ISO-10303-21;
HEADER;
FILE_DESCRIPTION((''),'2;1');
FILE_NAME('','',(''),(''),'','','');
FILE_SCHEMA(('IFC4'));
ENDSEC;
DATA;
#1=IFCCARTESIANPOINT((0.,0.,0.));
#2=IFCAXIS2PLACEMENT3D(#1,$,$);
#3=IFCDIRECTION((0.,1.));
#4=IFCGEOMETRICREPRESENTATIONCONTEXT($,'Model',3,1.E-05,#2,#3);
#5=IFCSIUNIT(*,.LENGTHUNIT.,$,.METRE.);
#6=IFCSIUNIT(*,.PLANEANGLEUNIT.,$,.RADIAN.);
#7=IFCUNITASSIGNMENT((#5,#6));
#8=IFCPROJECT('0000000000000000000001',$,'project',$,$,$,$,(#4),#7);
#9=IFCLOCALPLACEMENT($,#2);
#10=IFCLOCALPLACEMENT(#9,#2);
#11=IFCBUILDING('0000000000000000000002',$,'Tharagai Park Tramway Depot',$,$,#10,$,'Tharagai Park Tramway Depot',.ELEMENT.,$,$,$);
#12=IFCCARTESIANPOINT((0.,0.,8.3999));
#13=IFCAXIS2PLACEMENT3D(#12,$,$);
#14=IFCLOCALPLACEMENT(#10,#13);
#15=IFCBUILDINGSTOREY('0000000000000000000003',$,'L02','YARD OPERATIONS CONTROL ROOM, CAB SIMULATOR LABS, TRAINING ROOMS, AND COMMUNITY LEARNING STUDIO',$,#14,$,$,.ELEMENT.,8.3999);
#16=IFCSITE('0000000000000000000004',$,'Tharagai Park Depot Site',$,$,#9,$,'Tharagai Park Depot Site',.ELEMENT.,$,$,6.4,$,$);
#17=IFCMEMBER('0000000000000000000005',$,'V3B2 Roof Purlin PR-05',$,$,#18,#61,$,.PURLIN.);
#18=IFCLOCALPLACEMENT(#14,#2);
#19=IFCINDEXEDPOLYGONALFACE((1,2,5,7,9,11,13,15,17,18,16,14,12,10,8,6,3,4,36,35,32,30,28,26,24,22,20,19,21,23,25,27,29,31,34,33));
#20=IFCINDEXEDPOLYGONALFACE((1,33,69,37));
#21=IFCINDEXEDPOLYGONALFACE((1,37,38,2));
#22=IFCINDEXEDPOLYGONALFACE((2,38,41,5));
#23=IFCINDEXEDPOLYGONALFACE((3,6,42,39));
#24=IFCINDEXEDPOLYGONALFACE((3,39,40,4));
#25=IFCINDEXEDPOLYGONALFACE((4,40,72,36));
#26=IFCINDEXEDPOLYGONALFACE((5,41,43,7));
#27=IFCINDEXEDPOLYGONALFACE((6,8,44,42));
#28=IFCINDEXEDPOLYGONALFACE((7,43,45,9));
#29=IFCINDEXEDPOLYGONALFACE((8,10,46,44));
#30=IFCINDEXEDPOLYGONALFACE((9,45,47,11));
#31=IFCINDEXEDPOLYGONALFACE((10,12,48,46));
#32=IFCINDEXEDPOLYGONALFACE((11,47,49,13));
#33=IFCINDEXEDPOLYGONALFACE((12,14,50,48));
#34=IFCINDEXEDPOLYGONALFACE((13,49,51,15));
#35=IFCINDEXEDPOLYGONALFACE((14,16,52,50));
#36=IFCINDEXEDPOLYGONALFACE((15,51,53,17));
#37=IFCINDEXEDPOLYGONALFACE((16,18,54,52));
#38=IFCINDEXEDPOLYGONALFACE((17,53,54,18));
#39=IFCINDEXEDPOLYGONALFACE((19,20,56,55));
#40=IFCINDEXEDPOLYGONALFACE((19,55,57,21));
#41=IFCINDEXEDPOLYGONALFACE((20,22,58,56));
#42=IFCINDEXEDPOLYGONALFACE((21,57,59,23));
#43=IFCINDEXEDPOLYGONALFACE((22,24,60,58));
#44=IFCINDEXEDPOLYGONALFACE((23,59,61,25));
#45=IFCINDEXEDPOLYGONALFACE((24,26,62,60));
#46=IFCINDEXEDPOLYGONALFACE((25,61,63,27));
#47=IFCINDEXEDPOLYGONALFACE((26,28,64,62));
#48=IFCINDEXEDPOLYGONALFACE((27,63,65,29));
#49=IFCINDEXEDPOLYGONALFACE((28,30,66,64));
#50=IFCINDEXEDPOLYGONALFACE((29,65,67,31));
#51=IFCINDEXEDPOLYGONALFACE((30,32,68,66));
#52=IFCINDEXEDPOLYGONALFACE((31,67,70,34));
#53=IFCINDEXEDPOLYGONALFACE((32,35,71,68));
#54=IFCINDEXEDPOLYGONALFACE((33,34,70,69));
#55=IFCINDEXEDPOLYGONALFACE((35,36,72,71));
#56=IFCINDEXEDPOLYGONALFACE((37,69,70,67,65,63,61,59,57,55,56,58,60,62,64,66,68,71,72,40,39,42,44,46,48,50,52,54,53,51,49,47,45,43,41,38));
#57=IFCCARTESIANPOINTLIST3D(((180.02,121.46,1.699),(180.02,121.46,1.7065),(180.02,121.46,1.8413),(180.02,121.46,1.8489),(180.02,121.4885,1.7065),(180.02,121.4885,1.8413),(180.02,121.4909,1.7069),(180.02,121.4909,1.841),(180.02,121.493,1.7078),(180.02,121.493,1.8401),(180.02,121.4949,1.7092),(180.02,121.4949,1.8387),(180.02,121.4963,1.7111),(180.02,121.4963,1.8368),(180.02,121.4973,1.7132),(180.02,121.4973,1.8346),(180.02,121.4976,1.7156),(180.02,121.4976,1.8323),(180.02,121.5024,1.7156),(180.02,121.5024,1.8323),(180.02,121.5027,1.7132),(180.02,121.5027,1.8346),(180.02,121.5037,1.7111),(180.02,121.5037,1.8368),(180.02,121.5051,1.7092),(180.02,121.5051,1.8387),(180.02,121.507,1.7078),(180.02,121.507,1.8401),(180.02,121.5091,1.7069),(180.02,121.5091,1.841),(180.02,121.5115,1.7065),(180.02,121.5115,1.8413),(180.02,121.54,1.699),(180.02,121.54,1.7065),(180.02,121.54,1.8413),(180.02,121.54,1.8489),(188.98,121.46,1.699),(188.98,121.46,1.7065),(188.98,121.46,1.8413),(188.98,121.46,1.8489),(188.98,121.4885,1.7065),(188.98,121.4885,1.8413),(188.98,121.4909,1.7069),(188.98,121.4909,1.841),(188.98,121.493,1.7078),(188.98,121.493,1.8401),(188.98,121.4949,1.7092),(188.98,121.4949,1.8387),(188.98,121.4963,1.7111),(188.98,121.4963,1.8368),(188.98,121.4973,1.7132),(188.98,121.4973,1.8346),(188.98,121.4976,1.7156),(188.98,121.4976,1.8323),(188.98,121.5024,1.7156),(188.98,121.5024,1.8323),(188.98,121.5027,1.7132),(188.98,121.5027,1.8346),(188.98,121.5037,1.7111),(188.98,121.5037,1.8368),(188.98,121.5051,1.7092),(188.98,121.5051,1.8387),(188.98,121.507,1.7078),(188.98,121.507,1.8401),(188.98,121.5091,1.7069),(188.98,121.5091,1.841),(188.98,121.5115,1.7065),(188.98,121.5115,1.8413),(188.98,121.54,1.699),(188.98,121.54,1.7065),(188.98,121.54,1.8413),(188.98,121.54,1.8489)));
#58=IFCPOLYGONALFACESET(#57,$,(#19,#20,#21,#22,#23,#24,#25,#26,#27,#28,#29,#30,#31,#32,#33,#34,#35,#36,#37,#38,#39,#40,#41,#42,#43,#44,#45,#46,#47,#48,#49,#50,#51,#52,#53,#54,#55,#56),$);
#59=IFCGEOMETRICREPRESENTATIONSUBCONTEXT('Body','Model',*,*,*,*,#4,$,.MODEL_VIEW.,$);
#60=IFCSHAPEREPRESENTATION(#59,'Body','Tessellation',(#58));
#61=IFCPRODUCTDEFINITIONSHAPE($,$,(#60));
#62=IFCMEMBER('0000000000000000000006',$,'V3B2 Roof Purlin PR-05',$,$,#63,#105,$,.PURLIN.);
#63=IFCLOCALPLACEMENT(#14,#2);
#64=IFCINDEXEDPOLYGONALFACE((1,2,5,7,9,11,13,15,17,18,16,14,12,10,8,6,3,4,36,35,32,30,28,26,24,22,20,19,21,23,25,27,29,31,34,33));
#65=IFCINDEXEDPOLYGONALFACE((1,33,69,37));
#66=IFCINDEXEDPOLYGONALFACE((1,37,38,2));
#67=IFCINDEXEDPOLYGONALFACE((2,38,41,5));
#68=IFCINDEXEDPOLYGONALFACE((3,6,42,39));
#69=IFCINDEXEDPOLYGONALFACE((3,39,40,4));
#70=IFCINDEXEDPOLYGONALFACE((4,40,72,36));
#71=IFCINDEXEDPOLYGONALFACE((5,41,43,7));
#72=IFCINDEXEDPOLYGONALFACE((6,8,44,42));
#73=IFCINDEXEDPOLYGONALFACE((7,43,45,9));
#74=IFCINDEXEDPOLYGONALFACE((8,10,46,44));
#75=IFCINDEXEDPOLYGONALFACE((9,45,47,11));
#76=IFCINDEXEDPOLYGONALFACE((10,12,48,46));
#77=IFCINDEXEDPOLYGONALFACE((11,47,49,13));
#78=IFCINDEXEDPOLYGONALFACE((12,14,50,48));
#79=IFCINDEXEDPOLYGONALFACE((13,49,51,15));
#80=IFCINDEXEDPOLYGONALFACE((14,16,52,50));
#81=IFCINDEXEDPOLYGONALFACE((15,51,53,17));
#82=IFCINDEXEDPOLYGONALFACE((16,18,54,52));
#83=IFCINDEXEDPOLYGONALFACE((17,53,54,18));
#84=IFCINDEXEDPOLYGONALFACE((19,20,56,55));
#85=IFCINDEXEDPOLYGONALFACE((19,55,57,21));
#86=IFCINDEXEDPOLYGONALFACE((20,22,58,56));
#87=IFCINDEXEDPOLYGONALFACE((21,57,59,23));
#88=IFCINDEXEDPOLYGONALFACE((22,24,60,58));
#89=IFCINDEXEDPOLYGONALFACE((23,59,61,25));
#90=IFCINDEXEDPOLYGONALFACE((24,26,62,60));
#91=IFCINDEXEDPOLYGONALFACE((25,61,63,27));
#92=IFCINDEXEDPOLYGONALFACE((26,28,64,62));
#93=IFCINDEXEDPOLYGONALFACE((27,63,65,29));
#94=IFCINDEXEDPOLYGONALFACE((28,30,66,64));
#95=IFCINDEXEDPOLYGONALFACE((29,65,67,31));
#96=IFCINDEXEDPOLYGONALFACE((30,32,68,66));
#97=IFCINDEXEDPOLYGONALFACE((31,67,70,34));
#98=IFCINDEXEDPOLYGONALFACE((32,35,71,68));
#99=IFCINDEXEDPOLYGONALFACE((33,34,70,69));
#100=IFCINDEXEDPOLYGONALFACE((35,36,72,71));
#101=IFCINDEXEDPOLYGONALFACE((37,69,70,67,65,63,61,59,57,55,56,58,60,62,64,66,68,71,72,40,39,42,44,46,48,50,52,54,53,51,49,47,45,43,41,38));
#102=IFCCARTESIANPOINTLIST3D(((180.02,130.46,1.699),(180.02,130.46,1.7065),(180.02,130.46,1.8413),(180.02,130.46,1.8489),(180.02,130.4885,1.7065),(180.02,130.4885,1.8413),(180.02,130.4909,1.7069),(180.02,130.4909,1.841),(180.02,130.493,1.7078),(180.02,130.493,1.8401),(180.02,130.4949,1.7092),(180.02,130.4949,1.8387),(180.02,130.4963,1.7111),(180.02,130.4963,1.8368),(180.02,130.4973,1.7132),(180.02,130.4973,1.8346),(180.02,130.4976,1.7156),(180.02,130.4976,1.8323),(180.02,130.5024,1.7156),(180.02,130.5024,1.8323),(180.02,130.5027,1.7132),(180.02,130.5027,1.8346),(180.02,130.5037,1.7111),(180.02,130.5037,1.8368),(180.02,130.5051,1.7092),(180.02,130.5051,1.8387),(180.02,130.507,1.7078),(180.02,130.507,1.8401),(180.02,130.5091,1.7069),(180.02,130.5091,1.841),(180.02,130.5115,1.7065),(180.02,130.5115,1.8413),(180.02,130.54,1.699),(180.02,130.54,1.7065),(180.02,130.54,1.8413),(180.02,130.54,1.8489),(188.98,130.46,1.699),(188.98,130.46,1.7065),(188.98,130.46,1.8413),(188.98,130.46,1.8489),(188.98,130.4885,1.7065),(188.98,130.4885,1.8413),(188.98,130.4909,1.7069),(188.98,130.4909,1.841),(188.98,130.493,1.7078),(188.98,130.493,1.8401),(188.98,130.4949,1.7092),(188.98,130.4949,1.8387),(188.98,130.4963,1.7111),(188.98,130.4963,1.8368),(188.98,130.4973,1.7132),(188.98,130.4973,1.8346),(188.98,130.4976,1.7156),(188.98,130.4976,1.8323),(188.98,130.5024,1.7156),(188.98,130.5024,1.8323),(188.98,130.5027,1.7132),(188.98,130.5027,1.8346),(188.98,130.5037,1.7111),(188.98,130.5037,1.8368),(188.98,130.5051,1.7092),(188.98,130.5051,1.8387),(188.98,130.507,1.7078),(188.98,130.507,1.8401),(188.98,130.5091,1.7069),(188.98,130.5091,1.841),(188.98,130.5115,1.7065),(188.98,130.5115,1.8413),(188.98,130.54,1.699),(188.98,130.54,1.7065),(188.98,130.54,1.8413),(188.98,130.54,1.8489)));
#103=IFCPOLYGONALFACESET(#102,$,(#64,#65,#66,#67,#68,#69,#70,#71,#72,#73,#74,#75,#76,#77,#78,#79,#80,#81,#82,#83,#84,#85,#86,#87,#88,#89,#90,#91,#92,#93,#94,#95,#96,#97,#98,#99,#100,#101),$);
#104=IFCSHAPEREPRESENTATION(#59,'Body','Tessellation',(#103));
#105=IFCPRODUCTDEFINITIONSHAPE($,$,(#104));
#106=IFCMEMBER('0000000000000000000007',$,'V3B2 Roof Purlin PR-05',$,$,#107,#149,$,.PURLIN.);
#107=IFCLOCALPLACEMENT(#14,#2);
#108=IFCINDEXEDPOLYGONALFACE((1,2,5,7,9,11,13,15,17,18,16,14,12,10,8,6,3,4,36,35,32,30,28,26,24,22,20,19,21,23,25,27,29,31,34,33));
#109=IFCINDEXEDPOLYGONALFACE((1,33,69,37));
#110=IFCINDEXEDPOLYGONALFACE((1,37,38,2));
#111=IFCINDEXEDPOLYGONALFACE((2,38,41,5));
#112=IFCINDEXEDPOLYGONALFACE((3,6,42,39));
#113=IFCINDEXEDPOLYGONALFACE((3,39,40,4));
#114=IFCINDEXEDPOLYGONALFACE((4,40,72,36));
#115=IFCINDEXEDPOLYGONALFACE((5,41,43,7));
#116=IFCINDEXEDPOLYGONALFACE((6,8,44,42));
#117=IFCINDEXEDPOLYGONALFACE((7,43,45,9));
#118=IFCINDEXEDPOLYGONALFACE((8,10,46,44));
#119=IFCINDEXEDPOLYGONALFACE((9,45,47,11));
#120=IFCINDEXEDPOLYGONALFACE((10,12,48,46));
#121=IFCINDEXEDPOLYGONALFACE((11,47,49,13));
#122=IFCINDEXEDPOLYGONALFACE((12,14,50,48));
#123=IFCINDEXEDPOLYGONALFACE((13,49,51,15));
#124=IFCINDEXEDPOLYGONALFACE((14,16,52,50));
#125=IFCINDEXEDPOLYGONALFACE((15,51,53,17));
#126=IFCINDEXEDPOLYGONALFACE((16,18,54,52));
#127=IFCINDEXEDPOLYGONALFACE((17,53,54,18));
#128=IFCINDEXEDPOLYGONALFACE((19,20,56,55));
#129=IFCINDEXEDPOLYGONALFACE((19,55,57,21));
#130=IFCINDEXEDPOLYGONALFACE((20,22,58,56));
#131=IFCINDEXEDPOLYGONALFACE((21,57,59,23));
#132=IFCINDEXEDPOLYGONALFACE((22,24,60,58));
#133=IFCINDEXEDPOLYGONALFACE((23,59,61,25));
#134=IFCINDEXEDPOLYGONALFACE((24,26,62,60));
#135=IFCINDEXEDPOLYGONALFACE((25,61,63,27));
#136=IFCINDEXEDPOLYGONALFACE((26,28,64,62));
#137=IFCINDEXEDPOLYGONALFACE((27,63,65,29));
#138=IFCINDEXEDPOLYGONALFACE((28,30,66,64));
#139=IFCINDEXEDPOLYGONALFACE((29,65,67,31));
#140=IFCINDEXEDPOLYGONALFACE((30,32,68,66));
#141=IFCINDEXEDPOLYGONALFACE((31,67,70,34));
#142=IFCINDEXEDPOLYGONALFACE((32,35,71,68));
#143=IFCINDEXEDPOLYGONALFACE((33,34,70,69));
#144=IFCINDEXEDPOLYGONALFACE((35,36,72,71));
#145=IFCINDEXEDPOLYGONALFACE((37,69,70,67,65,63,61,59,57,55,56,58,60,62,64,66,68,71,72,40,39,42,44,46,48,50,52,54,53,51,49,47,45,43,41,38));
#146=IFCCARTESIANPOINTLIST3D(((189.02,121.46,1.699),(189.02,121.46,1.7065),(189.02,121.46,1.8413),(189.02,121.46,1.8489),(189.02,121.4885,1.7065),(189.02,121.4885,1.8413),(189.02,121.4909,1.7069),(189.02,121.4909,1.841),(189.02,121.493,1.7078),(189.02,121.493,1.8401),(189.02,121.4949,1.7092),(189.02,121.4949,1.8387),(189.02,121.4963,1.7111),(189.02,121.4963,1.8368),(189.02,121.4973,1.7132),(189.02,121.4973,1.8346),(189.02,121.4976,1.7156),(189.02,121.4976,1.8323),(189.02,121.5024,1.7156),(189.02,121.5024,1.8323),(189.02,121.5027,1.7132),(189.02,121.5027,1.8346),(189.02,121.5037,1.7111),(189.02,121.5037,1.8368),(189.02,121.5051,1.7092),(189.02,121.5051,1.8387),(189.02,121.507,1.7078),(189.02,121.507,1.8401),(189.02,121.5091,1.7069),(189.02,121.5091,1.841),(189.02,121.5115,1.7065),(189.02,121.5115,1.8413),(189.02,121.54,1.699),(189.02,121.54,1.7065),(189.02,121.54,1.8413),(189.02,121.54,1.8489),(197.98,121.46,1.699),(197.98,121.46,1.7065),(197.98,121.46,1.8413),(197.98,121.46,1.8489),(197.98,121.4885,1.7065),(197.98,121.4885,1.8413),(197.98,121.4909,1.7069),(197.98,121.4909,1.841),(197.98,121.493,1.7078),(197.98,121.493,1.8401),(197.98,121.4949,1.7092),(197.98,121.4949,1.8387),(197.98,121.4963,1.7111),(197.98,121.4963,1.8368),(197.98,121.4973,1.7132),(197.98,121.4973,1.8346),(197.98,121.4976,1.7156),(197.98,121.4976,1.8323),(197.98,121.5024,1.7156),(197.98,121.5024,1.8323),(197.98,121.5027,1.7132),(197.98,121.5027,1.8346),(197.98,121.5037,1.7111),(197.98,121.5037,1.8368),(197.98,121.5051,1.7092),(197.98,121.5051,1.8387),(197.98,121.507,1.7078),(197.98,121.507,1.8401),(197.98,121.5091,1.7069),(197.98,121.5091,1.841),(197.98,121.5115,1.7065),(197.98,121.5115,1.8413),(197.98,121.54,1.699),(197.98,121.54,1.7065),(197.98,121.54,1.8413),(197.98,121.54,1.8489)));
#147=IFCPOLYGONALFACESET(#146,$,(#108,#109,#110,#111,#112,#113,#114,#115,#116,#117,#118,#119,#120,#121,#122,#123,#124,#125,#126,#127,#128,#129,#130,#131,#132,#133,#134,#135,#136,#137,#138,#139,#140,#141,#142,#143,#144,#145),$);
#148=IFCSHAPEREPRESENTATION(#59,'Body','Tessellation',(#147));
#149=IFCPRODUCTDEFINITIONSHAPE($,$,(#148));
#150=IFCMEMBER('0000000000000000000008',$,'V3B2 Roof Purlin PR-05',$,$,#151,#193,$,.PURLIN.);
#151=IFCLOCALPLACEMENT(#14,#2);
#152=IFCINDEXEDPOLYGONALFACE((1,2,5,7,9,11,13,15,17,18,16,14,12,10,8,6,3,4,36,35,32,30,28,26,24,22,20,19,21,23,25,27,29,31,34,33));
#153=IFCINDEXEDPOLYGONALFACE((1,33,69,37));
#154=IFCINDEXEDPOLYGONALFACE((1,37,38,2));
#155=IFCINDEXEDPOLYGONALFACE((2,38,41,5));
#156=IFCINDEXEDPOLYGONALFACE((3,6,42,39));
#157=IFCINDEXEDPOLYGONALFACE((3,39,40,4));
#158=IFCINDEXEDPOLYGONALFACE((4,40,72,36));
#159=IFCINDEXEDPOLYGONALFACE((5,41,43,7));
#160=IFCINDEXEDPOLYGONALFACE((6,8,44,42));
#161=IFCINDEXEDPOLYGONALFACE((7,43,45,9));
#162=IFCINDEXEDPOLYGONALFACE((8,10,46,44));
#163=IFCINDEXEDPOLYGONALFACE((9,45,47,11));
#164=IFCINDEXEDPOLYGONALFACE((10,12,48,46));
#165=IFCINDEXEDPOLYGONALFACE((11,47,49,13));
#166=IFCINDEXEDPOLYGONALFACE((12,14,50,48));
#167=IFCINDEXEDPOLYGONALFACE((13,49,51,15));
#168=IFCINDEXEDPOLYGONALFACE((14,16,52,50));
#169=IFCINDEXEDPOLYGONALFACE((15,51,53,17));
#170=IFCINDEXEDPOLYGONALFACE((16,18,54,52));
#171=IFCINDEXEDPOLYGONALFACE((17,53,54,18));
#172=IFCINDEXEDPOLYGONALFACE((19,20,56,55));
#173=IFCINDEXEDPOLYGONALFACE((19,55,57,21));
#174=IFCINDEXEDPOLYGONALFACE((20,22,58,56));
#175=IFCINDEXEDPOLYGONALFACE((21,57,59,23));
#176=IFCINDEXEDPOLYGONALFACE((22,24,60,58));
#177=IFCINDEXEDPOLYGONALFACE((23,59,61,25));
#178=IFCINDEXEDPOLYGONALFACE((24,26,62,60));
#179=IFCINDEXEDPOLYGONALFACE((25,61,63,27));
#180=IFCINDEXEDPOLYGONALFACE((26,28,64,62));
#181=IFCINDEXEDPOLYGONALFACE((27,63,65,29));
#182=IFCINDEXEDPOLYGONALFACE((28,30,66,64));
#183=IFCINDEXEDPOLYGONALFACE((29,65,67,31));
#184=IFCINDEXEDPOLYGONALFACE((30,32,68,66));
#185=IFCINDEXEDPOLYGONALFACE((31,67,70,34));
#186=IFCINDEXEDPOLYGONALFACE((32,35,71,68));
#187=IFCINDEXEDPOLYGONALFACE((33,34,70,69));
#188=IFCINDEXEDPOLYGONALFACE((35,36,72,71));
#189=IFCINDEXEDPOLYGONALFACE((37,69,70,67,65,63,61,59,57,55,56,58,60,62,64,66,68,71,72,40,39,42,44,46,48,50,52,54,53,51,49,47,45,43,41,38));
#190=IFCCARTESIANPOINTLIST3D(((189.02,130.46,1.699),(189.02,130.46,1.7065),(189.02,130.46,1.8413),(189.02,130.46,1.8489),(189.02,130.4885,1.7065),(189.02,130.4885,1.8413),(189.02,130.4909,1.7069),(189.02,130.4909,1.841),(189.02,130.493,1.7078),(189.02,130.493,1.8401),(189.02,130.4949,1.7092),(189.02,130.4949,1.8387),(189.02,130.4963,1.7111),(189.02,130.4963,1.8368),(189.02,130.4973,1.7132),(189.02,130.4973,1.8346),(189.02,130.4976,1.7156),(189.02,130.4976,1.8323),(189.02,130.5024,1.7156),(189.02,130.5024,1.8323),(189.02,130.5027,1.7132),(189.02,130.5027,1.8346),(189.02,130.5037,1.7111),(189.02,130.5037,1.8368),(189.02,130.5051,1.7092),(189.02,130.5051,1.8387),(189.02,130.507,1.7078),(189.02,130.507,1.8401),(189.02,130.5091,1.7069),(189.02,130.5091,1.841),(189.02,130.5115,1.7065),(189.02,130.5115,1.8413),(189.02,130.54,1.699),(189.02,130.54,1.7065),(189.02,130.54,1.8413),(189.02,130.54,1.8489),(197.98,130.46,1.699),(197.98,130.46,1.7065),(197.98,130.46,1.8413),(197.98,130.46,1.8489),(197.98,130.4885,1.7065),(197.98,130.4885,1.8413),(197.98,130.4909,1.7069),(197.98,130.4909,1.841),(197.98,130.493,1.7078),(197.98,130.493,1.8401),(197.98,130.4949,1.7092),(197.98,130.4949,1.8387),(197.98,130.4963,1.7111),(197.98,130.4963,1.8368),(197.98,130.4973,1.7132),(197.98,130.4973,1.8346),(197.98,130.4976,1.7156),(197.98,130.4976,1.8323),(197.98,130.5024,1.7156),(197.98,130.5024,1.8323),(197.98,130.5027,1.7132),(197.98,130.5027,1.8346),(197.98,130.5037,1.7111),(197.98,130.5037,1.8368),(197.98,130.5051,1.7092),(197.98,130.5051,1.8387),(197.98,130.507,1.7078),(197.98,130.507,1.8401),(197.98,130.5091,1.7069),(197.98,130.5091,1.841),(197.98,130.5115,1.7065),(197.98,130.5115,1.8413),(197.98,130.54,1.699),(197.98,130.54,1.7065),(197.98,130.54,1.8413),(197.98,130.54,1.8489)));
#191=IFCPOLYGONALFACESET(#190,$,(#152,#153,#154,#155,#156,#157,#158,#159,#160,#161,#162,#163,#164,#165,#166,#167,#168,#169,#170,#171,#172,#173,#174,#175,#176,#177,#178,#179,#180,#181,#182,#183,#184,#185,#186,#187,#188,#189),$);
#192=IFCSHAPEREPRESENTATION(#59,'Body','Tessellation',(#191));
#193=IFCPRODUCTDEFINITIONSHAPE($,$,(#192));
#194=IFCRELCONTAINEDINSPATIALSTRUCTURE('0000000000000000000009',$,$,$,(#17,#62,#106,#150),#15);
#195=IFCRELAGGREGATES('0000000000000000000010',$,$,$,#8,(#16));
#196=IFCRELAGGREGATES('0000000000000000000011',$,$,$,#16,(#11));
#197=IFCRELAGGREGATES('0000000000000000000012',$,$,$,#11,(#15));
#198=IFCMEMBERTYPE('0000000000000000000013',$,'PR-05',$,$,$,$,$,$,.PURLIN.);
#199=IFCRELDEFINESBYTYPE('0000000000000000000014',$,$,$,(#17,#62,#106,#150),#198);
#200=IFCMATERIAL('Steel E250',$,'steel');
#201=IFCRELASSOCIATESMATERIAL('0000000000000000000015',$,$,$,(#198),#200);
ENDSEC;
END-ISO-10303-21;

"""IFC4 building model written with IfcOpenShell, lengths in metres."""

from ifc_helpers import new_model, si_unit, direction, frame, origin, origin_2d, place, context, subcontext, project, spatial, i_section, extrude, material, material_profile, profile_set, type_object, element, save


model = new_model("IFC4")

# Units and contexts
model_context = context("Model", 3, precision=1e-05, world=origin(), true_north=direction((0.0, 1.0)))
body_context = subcontext(model_context, "Body", "Model", "MODEL_VIEW")
ifc_project = project(units=[si_unit("LENGTHUNIT", "METRE"), si_unit("PLANEANGLEUNIT", "RADIAN")], contexts=[model_context])

# Site, building, storey
site_placement = place(None, origin())
site = spatial("IfcSite", under=ifc_project, at=site_placement, Name="Tharagai Park Depot Site", LongName="Tharagai Park Depot Site", CompositionType="ELEMENT", RefElevation=6.4)
building_placement = place(site_placement, origin())
building = spatial("IfcBuilding", under=site, at=building_placement, Name="Tharagai Park Tramway Depot", LongName="Tharagai Park Tramway Depot", CompositionType="ELEMENT")
storey_placement = place(building_placement, frame((0.0, 0.0, 8.3999)))
storey = spatial("IfcBuildingStorey", under=building, at=storey_placement, Name="L02", Description="YARD OPERATIONS CONTROL ROOM, CAB SIMULATOR LABS, TRAINING ROOMS, AND COMMUNITY LEARNING STUDIO", CompositionType="ELEMENT", Elevation=8.3999)

# Members
ifc_material_1 = material(Name="Steel E250", Category="steel")
ifc_material_profile_1 = material_profile(ifc_material_1, i_section(OverallWidth=0.0801, OverallDepth=0.1499, WebThickness=0.0049, FlangeThickness=0.0076, FilletRadius=0.009, at=origin_2d()), Name="ISMB 150")
ifc_profile_set_1 = profile_set([ifc_material_profile_1], Name="Steel E250")
member_type_1 = type_object("IfcMemberType", Name="PR-05", PredefinedType="PURLIN", material=ifc_profile_set_1)
for number, where, z_axis, x_axis, name in (
    (1, (180.02, 121.5, 1.7739), (1.0, 0.0, 0.0), (0.0, 1.0, 0.0), "V3B2 Roof Purlin PR-05"),
    (2, (180.02, 130.5, 1.7739), (1.0, 0.0, 0.0), (0.0, 1.0, 0.0), "V3B2 Roof Purlin PR-05"),
    (3, (189.02, 121.5, 1.7739), (1.0, 0.0, 0.0), (0.0, 1.0, 0.0), "V3B2 Roof Purlin PR-05"),
    (4, (189.02, 130.5, 1.7739), (1.0, 0.0, 0.0), (0.0, 1.0, 0.0), "V3B2 Roof Purlin PR-05"),
):
    element("IfcMember", number, at=place(storey_placement, frame(where, z_axis=z_axis, x_axis=x_axis)), inside=storey, type_object=member_type_1, Name=name, PredefinedType="PURLIN", context=body_context, shape_type="SweptSolid", body=[
        extrude(i_section(OverallWidth=0.0801, OverallDepth=0.1499, WebThickness=0.0049, FlangeThickness=0.0076, FilletRadius=0.009, at=origin_2d()), origin(), (0.0, 0.0, 1.0), 8.96),
    ])

save(model, "model.ifc")
